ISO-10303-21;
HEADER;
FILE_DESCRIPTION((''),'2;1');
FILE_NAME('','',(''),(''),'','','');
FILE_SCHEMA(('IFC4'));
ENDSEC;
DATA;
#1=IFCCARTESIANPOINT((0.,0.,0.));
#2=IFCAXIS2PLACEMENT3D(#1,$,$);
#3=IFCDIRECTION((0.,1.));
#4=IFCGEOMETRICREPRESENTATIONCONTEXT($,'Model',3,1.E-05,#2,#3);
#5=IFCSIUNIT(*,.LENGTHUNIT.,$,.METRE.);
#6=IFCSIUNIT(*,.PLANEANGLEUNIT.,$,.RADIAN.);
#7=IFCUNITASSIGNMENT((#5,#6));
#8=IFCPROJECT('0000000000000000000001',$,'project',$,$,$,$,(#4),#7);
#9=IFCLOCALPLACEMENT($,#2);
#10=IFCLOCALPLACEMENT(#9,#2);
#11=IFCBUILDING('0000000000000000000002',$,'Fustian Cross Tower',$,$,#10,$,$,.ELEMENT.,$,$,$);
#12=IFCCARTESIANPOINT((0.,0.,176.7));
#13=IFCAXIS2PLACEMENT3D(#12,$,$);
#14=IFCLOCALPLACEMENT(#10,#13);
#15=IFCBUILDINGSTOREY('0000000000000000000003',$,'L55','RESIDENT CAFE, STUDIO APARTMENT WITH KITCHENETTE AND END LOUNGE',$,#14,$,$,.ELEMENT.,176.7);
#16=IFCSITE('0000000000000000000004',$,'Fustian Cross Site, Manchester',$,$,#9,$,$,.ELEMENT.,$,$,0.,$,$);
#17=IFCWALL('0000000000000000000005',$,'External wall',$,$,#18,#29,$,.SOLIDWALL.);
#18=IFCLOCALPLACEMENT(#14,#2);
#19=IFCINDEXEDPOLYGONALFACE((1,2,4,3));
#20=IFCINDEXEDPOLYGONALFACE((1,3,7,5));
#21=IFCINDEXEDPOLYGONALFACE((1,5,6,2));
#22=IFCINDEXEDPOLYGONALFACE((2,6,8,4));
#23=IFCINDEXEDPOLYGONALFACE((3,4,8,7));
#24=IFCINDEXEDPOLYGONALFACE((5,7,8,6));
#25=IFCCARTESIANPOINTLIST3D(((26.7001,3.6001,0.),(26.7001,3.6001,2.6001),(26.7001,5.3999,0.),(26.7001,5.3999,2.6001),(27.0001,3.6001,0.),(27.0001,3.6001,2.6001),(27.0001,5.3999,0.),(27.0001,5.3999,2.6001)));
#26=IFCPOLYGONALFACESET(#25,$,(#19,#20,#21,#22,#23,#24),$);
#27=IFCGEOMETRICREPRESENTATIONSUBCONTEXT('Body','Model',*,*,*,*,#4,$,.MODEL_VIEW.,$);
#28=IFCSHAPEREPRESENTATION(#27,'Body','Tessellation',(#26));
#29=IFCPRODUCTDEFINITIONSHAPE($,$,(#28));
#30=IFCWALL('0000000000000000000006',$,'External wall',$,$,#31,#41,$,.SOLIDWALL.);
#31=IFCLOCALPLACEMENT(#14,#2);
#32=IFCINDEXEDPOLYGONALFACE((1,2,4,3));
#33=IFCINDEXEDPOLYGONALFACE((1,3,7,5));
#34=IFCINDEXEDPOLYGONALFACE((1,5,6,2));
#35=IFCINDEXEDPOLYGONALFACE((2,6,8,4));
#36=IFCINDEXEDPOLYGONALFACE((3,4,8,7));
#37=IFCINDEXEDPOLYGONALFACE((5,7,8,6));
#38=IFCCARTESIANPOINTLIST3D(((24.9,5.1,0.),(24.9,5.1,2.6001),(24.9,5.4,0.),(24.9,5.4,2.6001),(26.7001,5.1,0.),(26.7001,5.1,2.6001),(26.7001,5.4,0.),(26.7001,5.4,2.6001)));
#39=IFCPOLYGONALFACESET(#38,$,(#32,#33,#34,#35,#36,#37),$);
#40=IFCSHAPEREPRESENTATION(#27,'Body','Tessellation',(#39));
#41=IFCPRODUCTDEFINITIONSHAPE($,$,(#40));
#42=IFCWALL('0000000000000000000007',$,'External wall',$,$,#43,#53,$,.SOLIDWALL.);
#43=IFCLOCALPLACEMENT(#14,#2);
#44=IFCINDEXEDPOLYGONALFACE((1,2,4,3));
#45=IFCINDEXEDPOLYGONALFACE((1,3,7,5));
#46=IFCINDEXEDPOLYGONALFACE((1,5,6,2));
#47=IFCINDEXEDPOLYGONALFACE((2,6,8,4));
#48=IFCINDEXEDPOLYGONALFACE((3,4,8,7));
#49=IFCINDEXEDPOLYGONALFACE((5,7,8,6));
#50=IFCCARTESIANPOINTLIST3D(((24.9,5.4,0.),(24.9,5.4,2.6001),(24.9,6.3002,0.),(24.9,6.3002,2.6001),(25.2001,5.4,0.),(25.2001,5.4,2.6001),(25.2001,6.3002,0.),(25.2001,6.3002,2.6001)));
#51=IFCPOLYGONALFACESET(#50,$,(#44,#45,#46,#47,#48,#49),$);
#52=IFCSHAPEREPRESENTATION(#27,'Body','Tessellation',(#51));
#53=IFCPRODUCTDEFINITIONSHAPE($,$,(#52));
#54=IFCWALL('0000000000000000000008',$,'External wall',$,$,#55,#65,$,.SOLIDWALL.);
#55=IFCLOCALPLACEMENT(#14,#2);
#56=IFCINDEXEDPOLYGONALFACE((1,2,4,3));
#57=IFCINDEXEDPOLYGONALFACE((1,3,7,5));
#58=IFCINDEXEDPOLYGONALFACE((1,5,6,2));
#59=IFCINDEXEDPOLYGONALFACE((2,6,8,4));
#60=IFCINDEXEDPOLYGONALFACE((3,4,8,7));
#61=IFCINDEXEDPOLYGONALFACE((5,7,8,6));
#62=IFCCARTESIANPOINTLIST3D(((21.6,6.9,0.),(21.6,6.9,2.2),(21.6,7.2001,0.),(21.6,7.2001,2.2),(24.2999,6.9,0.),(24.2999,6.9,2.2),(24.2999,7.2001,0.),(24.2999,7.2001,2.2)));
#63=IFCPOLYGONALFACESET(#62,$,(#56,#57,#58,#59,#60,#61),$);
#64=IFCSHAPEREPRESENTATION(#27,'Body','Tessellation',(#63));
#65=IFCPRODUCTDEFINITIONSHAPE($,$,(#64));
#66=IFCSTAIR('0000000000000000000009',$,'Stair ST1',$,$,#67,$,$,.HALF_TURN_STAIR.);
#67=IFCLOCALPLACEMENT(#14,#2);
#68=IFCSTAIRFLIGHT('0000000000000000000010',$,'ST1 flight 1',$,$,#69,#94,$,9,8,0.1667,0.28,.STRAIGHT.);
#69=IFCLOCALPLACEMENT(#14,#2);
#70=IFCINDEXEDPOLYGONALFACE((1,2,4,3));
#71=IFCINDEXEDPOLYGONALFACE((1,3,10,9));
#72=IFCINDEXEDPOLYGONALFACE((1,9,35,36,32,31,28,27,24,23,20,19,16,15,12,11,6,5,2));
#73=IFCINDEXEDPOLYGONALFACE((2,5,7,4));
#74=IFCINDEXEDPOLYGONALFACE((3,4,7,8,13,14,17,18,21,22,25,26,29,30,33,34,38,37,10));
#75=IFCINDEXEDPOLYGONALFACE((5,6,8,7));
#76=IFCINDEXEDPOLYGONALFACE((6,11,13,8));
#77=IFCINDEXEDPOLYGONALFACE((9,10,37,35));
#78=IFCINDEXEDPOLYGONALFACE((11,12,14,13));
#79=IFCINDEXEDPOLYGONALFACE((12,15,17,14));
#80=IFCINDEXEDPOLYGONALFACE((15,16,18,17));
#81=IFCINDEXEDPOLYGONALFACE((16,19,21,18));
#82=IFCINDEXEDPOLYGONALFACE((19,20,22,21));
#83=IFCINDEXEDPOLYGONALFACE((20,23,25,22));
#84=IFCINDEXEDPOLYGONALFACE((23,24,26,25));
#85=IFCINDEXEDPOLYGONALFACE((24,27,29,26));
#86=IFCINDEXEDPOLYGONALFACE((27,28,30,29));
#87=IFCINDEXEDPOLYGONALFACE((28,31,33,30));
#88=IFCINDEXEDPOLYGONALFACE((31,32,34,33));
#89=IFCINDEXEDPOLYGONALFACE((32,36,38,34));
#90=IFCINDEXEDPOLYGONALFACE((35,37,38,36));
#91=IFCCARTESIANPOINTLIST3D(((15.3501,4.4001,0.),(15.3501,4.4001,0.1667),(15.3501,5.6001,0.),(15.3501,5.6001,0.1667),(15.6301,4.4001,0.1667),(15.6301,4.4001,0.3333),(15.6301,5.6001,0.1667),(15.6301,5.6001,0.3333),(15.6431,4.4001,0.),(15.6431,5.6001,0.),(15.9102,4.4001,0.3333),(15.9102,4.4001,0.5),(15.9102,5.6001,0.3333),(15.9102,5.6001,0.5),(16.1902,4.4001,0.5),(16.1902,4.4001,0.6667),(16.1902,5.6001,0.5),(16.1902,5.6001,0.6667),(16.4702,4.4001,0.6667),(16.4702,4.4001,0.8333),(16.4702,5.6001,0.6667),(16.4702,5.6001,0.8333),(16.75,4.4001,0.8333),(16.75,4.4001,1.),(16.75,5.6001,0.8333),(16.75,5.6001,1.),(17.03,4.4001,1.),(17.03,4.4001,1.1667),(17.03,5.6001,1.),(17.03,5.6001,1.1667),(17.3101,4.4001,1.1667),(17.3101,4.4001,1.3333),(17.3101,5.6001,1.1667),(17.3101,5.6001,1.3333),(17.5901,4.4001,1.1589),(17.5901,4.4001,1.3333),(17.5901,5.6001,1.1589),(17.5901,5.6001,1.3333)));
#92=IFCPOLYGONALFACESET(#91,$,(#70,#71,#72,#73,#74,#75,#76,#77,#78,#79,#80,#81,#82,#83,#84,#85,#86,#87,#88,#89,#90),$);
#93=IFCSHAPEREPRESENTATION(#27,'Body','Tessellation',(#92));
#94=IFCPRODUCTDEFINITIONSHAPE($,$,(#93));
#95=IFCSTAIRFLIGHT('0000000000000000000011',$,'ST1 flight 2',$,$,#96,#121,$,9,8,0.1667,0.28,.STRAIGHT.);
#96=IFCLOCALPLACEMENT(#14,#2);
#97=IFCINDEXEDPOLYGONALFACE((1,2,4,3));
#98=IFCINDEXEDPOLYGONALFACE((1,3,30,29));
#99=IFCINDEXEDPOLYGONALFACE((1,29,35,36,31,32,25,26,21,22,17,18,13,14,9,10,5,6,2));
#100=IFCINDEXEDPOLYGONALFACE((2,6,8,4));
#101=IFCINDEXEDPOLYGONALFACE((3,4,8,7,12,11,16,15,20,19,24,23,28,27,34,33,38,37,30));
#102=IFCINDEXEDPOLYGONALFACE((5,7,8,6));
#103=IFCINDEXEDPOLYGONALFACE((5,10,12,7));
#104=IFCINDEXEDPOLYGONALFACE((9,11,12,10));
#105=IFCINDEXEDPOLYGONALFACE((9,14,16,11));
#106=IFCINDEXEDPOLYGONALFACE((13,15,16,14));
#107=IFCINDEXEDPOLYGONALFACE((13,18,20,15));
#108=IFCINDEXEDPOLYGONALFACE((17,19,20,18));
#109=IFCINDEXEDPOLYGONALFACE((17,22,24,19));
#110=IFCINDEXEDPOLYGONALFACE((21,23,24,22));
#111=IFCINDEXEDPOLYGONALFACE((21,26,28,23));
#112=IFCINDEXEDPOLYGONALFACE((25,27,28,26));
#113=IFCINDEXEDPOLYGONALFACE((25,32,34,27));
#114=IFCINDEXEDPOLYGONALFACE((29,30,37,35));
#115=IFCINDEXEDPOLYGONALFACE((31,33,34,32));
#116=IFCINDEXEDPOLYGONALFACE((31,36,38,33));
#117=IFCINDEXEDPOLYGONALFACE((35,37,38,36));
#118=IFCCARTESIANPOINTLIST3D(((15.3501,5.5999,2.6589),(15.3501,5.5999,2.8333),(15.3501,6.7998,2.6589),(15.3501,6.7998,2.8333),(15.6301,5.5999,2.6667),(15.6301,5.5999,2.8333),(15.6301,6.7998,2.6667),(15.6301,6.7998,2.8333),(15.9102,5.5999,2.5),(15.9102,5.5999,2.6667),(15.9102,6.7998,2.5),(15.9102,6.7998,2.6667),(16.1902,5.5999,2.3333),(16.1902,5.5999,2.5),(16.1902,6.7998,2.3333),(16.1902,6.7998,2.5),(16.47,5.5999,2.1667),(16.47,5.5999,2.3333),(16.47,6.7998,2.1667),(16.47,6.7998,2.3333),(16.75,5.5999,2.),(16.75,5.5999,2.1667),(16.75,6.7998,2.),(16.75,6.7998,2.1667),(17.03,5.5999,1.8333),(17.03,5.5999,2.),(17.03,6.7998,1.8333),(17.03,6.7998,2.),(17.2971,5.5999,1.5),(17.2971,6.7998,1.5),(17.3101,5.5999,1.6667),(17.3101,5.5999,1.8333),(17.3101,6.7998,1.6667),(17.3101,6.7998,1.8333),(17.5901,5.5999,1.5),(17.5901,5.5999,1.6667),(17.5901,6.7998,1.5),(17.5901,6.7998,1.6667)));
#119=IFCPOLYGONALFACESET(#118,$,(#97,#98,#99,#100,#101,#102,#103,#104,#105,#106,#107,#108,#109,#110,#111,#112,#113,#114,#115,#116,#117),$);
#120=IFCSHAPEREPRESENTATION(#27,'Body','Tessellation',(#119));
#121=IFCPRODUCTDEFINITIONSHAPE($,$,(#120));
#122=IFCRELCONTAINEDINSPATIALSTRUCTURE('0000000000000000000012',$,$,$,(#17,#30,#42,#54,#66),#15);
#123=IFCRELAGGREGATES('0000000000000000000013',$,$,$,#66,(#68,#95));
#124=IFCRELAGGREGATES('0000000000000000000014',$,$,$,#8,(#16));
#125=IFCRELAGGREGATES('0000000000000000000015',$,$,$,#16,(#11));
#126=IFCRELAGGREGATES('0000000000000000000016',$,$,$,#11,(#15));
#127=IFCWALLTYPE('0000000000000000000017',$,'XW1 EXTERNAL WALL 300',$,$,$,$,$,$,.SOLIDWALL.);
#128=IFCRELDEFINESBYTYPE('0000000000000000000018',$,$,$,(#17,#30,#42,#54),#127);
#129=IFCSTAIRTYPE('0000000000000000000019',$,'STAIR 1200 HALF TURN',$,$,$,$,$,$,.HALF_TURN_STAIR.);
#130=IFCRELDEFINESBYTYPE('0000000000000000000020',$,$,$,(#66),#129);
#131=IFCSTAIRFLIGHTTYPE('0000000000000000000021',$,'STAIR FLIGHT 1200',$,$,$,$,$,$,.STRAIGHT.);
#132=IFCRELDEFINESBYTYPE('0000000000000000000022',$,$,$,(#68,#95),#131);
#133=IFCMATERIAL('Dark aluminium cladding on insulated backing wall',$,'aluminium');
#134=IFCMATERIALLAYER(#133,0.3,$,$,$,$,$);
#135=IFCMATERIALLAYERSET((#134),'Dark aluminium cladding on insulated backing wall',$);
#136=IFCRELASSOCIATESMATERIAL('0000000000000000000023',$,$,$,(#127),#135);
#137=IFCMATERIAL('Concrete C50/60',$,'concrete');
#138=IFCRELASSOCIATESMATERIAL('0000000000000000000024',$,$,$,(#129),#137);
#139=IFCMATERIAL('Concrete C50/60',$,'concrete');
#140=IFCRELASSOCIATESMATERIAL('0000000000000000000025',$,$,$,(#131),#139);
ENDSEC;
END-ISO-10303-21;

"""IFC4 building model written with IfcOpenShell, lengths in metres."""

from ifc_helpers import new_model, si_unit, direction, frame, frame_2d, origin, place, context, subcontext, project, spatial, polyline, rectangle, outline, extrude, material, layer, layer_set, type_object, element, aggregate, save


model = new_model("IFC4")

# Units and contexts
model_context = context("Model", 3, precision=1e-05, world=origin(), true_north=direction((0.0, 1.0)))
body_context = subcontext(model_context, "Body", "Model", "MODEL_VIEW")
ifc_project = project(units=[si_unit("LENGTHUNIT", "METRE"), si_unit("PLANEANGLEUNIT", "RADIAN")], contexts=[model_context])

# Site, building, storey
site_placement = place(None, origin())
site = spatial("IfcSite", under=ifc_project, at=site_placement, Name="Fustian Cross Site, Manchester", CompositionType="ELEMENT", RefElevation=0.0)
building_placement = place(site_placement, origin())
building = spatial("IfcBuilding", under=site, at=building_placement, Name="Fustian Cross Tower", CompositionType="ELEMENT")
storey_placement = place(building_placement, frame((0.0, 0.0, 176.7)))
storey = spatial("IfcBuildingStorey", under=building, at=storey_placement, Name="L55", Description="RESIDENT CAFE, STUDIO APARTMENT WITH KITCHENETTE AND END LOUNGE", CompositionType="ELEMENT", Elevation=176.7)

# Walls
ifc_material_1 = material(Name="Dark aluminium cladding on insulated backing wall", Category="aluminium")
ifc_layer_1 = layer(ifc_material_1, 0.3)
ifc_layer_set_1 = layer_set([ifc_layer_1], Name="Dark aluminium cladding on insulated backing wall")
wall_type_1 = type_object("IfcWallType", Name="XW1 EXTERNAL WALL 300", PredefinedType="SOLIDWALL", material=ifc_layer_set_1)
wall_1_placement = place(storey_placement, frame((26.8501, 3.6001, 0.0), z_axis=(0.0, 0.0, 1.0), x_axis=(0.0, 1.0, 0.0)))
element("IfcWall", 1, at=wall_1_placement, inside=storey, type_object=wall_type_1, Name="External wall", PredefinedType="SOLIDWALL", context=body_context, shape_type="SweptSolid", body=[
    extrude(rectangle(XDim=1.7998, YDim=0.3, at=frame_2d((0.8999, 0.0))), origin(), (0.0, 0.0, 1.0), 2.6001),
])
wall_2_placement = place(storey_placement, frame((26.7, 5.25, 0.0), z_axis=(0.0, 0.0, 1.0), x_axis=(-1.0, 0.0, 0.0)))
element("IfcWall", 2, at=wall_2_placement, inside=storey, type_object=wall_type_1, Name="External wall", PredefinedType="SOLIDWALL", context=body_context, shape_type="SweptSolid", body=[
    extrude(rectangle(XDim=1.8, YDim=0.3, at=frame_2d((0.8999, 0.0))), origin(), (0.0, 0.0, 1.0), 2.6001),
])
wall_3_placement = place(storey_placement, frame((25.05, 5.3999, 0.0), z_axis=(0.0, 0.0, 1.0), x_axis=(0.0, 1.0, 0.0)))
element("IfcWall", 3, at=wall_3_placement, inside=storey, type_object=wall_type_1, Name="External wall", PredefinedType="SOLIDWALL", context=body_context, shape_type="SweptSolid", body=[
    extrude(rectangle(XDim=0.9001, YDim=0.3, at=frame_2d((0.4502, 0.0))), origin(), (0.0, 0.0, 1.0), 2.6001),
])
wall_4_placement = place(storey_placement, frame((24.3, 7.05, 0.0), z_axis=(0.0, 0.0, 1.0), x_axis=(-1.0, 0.0, 0.0)))
element("IfcWall", 4, at=wall_4_placement, inside=storey, type_object=wall_type_1, Name="External wall", PredefinedType="SOLIDWALL", context=body_context, shape_type="SweptSolid", body=[
    extrude(rectangle(XDim=2.7, YDim=0.3, at=frame_2d((1.3501, 0.0))), origin(), (0.0, 0.0, 1.0), 2.2),
])

# Stair, stair flights
ifc_material_2 = material(Name="Concrete C50/60", Category="concrete")
stair_type = type_object("IfcStairType", Name="STAIR 1200 HALF TURN", PredefinedType="HALF_TURN_STAIR", material=ifc_material_2)
stair_placement = place(storey_placement, origin())
stair = element("IfcStair", 5, at=stair_placement, inside=storey, type_object=stair_type, Name="Stair ST1", PredefinedType="HALF_TURN_STAIR")
ifc_material_3 = material(Name="Concrete C50/60", Category="concrete")
stair_flight_type = type_object("IfcStairFlightType", Name="STAIR FLIGHT 1200", PredefinedType="STRAIGHT", material=ifc_material_3)
stair_flight_1_placement = place(storey_placement, frame((15.3501, 5.0, 0.0), z_axis=(0.0, 0.0, 1.0), x_axis=(1.0, 0.0, 0.0)))
stair_flight_1 = element("IfcStairFlight", 6, at=stair_flight_1_placement, type_object=stair_flight_type, Name="ST1 flight 1", NumberOfRisers=9, NumberOfTreads=8, PredefinedType="STRAIGHT", RiserHeight=0.1667, TreadLength=0.28, context=body_context, shape_type="SweptSolid", body=[
    extrude(outline(polyline([(0.0, 0.0), (0.0, 0.1667), (0.28, 0.1667), (0.28, 0.3333), (0.5601, 0.3333), (0.5601, 0.5), (0.8401, 0.5), (0.8401, 0.6667), (1.1201, 0.6667), (1.1201, 0.8333), (1.3999, 0.8333), (1.3999, 1.0), (1.6799, 1.0), (1.6799, 1.1667), (1.96, 1.1667), (1.96, 1.3333), (2.24, 1.3333), (2.24, 1.5), (2.24, 1.1589), (0.293, 0.0), (0.0, 0.0)])), frame((0.0, 0.6001, 0.0), z_axis=(0.0, -1.0, 0.0), x_axis=(1.0, 0.0, 0.0)), (0.0, 0.0, 1.0), 1.2),
])
stair_flight_2_placement = place(storey_placement, frame((17.5901, 6.2, 1.5), z_axis=(0.0, 0.0, 1.0), x_axis=(-1.0, 0.0, 0.0)))
stair_flight_2 = element("IfcStairFlight", 7, at=stair_flight_2_placement, type_object=stair_flight_type, Name="ST1 flight 2", NumberOfRisers=9, NumberOfTreads=8, PredefinedType="STRAIGHT", RiserHeight=0.1667, TreadLength=0.28, context=body_context, shape_type="SweptSolid", body=[
    extrude(outline(polyline([(0.0, 0.0), (0.0, 0.1667), (0.28, 0.1667), (0.28, 0.3333), (0.5601, 0.3333), (0.5601, 0.5), (0.8401, 0.5), (0.8401, 0.6667), (1.1201, 0.6667), (1.1201, 0.8333), (1.3999, 0.8333), (1.3999, 1.0), (1.6799, 1.0), (1.6799, 1.1667), (1.96, 1.1667), (1.96, 1.3333), (2.24, 1.3333), (2.24, 1.5), (2.24, 1.1589), (0.293, 0.0), (0.0, 0.0)])), frame((0.0, 0.6001, 0.0), z_axis=(0.0, -1.0, 0.0), x_axis=(1.0, 0.0, 0.0)), (0.0, 0.0, 1.0), 1.2),
])
aggregate(stair, [stair_flight_1, stair_flight_2])

save(model, "model.ifc")
